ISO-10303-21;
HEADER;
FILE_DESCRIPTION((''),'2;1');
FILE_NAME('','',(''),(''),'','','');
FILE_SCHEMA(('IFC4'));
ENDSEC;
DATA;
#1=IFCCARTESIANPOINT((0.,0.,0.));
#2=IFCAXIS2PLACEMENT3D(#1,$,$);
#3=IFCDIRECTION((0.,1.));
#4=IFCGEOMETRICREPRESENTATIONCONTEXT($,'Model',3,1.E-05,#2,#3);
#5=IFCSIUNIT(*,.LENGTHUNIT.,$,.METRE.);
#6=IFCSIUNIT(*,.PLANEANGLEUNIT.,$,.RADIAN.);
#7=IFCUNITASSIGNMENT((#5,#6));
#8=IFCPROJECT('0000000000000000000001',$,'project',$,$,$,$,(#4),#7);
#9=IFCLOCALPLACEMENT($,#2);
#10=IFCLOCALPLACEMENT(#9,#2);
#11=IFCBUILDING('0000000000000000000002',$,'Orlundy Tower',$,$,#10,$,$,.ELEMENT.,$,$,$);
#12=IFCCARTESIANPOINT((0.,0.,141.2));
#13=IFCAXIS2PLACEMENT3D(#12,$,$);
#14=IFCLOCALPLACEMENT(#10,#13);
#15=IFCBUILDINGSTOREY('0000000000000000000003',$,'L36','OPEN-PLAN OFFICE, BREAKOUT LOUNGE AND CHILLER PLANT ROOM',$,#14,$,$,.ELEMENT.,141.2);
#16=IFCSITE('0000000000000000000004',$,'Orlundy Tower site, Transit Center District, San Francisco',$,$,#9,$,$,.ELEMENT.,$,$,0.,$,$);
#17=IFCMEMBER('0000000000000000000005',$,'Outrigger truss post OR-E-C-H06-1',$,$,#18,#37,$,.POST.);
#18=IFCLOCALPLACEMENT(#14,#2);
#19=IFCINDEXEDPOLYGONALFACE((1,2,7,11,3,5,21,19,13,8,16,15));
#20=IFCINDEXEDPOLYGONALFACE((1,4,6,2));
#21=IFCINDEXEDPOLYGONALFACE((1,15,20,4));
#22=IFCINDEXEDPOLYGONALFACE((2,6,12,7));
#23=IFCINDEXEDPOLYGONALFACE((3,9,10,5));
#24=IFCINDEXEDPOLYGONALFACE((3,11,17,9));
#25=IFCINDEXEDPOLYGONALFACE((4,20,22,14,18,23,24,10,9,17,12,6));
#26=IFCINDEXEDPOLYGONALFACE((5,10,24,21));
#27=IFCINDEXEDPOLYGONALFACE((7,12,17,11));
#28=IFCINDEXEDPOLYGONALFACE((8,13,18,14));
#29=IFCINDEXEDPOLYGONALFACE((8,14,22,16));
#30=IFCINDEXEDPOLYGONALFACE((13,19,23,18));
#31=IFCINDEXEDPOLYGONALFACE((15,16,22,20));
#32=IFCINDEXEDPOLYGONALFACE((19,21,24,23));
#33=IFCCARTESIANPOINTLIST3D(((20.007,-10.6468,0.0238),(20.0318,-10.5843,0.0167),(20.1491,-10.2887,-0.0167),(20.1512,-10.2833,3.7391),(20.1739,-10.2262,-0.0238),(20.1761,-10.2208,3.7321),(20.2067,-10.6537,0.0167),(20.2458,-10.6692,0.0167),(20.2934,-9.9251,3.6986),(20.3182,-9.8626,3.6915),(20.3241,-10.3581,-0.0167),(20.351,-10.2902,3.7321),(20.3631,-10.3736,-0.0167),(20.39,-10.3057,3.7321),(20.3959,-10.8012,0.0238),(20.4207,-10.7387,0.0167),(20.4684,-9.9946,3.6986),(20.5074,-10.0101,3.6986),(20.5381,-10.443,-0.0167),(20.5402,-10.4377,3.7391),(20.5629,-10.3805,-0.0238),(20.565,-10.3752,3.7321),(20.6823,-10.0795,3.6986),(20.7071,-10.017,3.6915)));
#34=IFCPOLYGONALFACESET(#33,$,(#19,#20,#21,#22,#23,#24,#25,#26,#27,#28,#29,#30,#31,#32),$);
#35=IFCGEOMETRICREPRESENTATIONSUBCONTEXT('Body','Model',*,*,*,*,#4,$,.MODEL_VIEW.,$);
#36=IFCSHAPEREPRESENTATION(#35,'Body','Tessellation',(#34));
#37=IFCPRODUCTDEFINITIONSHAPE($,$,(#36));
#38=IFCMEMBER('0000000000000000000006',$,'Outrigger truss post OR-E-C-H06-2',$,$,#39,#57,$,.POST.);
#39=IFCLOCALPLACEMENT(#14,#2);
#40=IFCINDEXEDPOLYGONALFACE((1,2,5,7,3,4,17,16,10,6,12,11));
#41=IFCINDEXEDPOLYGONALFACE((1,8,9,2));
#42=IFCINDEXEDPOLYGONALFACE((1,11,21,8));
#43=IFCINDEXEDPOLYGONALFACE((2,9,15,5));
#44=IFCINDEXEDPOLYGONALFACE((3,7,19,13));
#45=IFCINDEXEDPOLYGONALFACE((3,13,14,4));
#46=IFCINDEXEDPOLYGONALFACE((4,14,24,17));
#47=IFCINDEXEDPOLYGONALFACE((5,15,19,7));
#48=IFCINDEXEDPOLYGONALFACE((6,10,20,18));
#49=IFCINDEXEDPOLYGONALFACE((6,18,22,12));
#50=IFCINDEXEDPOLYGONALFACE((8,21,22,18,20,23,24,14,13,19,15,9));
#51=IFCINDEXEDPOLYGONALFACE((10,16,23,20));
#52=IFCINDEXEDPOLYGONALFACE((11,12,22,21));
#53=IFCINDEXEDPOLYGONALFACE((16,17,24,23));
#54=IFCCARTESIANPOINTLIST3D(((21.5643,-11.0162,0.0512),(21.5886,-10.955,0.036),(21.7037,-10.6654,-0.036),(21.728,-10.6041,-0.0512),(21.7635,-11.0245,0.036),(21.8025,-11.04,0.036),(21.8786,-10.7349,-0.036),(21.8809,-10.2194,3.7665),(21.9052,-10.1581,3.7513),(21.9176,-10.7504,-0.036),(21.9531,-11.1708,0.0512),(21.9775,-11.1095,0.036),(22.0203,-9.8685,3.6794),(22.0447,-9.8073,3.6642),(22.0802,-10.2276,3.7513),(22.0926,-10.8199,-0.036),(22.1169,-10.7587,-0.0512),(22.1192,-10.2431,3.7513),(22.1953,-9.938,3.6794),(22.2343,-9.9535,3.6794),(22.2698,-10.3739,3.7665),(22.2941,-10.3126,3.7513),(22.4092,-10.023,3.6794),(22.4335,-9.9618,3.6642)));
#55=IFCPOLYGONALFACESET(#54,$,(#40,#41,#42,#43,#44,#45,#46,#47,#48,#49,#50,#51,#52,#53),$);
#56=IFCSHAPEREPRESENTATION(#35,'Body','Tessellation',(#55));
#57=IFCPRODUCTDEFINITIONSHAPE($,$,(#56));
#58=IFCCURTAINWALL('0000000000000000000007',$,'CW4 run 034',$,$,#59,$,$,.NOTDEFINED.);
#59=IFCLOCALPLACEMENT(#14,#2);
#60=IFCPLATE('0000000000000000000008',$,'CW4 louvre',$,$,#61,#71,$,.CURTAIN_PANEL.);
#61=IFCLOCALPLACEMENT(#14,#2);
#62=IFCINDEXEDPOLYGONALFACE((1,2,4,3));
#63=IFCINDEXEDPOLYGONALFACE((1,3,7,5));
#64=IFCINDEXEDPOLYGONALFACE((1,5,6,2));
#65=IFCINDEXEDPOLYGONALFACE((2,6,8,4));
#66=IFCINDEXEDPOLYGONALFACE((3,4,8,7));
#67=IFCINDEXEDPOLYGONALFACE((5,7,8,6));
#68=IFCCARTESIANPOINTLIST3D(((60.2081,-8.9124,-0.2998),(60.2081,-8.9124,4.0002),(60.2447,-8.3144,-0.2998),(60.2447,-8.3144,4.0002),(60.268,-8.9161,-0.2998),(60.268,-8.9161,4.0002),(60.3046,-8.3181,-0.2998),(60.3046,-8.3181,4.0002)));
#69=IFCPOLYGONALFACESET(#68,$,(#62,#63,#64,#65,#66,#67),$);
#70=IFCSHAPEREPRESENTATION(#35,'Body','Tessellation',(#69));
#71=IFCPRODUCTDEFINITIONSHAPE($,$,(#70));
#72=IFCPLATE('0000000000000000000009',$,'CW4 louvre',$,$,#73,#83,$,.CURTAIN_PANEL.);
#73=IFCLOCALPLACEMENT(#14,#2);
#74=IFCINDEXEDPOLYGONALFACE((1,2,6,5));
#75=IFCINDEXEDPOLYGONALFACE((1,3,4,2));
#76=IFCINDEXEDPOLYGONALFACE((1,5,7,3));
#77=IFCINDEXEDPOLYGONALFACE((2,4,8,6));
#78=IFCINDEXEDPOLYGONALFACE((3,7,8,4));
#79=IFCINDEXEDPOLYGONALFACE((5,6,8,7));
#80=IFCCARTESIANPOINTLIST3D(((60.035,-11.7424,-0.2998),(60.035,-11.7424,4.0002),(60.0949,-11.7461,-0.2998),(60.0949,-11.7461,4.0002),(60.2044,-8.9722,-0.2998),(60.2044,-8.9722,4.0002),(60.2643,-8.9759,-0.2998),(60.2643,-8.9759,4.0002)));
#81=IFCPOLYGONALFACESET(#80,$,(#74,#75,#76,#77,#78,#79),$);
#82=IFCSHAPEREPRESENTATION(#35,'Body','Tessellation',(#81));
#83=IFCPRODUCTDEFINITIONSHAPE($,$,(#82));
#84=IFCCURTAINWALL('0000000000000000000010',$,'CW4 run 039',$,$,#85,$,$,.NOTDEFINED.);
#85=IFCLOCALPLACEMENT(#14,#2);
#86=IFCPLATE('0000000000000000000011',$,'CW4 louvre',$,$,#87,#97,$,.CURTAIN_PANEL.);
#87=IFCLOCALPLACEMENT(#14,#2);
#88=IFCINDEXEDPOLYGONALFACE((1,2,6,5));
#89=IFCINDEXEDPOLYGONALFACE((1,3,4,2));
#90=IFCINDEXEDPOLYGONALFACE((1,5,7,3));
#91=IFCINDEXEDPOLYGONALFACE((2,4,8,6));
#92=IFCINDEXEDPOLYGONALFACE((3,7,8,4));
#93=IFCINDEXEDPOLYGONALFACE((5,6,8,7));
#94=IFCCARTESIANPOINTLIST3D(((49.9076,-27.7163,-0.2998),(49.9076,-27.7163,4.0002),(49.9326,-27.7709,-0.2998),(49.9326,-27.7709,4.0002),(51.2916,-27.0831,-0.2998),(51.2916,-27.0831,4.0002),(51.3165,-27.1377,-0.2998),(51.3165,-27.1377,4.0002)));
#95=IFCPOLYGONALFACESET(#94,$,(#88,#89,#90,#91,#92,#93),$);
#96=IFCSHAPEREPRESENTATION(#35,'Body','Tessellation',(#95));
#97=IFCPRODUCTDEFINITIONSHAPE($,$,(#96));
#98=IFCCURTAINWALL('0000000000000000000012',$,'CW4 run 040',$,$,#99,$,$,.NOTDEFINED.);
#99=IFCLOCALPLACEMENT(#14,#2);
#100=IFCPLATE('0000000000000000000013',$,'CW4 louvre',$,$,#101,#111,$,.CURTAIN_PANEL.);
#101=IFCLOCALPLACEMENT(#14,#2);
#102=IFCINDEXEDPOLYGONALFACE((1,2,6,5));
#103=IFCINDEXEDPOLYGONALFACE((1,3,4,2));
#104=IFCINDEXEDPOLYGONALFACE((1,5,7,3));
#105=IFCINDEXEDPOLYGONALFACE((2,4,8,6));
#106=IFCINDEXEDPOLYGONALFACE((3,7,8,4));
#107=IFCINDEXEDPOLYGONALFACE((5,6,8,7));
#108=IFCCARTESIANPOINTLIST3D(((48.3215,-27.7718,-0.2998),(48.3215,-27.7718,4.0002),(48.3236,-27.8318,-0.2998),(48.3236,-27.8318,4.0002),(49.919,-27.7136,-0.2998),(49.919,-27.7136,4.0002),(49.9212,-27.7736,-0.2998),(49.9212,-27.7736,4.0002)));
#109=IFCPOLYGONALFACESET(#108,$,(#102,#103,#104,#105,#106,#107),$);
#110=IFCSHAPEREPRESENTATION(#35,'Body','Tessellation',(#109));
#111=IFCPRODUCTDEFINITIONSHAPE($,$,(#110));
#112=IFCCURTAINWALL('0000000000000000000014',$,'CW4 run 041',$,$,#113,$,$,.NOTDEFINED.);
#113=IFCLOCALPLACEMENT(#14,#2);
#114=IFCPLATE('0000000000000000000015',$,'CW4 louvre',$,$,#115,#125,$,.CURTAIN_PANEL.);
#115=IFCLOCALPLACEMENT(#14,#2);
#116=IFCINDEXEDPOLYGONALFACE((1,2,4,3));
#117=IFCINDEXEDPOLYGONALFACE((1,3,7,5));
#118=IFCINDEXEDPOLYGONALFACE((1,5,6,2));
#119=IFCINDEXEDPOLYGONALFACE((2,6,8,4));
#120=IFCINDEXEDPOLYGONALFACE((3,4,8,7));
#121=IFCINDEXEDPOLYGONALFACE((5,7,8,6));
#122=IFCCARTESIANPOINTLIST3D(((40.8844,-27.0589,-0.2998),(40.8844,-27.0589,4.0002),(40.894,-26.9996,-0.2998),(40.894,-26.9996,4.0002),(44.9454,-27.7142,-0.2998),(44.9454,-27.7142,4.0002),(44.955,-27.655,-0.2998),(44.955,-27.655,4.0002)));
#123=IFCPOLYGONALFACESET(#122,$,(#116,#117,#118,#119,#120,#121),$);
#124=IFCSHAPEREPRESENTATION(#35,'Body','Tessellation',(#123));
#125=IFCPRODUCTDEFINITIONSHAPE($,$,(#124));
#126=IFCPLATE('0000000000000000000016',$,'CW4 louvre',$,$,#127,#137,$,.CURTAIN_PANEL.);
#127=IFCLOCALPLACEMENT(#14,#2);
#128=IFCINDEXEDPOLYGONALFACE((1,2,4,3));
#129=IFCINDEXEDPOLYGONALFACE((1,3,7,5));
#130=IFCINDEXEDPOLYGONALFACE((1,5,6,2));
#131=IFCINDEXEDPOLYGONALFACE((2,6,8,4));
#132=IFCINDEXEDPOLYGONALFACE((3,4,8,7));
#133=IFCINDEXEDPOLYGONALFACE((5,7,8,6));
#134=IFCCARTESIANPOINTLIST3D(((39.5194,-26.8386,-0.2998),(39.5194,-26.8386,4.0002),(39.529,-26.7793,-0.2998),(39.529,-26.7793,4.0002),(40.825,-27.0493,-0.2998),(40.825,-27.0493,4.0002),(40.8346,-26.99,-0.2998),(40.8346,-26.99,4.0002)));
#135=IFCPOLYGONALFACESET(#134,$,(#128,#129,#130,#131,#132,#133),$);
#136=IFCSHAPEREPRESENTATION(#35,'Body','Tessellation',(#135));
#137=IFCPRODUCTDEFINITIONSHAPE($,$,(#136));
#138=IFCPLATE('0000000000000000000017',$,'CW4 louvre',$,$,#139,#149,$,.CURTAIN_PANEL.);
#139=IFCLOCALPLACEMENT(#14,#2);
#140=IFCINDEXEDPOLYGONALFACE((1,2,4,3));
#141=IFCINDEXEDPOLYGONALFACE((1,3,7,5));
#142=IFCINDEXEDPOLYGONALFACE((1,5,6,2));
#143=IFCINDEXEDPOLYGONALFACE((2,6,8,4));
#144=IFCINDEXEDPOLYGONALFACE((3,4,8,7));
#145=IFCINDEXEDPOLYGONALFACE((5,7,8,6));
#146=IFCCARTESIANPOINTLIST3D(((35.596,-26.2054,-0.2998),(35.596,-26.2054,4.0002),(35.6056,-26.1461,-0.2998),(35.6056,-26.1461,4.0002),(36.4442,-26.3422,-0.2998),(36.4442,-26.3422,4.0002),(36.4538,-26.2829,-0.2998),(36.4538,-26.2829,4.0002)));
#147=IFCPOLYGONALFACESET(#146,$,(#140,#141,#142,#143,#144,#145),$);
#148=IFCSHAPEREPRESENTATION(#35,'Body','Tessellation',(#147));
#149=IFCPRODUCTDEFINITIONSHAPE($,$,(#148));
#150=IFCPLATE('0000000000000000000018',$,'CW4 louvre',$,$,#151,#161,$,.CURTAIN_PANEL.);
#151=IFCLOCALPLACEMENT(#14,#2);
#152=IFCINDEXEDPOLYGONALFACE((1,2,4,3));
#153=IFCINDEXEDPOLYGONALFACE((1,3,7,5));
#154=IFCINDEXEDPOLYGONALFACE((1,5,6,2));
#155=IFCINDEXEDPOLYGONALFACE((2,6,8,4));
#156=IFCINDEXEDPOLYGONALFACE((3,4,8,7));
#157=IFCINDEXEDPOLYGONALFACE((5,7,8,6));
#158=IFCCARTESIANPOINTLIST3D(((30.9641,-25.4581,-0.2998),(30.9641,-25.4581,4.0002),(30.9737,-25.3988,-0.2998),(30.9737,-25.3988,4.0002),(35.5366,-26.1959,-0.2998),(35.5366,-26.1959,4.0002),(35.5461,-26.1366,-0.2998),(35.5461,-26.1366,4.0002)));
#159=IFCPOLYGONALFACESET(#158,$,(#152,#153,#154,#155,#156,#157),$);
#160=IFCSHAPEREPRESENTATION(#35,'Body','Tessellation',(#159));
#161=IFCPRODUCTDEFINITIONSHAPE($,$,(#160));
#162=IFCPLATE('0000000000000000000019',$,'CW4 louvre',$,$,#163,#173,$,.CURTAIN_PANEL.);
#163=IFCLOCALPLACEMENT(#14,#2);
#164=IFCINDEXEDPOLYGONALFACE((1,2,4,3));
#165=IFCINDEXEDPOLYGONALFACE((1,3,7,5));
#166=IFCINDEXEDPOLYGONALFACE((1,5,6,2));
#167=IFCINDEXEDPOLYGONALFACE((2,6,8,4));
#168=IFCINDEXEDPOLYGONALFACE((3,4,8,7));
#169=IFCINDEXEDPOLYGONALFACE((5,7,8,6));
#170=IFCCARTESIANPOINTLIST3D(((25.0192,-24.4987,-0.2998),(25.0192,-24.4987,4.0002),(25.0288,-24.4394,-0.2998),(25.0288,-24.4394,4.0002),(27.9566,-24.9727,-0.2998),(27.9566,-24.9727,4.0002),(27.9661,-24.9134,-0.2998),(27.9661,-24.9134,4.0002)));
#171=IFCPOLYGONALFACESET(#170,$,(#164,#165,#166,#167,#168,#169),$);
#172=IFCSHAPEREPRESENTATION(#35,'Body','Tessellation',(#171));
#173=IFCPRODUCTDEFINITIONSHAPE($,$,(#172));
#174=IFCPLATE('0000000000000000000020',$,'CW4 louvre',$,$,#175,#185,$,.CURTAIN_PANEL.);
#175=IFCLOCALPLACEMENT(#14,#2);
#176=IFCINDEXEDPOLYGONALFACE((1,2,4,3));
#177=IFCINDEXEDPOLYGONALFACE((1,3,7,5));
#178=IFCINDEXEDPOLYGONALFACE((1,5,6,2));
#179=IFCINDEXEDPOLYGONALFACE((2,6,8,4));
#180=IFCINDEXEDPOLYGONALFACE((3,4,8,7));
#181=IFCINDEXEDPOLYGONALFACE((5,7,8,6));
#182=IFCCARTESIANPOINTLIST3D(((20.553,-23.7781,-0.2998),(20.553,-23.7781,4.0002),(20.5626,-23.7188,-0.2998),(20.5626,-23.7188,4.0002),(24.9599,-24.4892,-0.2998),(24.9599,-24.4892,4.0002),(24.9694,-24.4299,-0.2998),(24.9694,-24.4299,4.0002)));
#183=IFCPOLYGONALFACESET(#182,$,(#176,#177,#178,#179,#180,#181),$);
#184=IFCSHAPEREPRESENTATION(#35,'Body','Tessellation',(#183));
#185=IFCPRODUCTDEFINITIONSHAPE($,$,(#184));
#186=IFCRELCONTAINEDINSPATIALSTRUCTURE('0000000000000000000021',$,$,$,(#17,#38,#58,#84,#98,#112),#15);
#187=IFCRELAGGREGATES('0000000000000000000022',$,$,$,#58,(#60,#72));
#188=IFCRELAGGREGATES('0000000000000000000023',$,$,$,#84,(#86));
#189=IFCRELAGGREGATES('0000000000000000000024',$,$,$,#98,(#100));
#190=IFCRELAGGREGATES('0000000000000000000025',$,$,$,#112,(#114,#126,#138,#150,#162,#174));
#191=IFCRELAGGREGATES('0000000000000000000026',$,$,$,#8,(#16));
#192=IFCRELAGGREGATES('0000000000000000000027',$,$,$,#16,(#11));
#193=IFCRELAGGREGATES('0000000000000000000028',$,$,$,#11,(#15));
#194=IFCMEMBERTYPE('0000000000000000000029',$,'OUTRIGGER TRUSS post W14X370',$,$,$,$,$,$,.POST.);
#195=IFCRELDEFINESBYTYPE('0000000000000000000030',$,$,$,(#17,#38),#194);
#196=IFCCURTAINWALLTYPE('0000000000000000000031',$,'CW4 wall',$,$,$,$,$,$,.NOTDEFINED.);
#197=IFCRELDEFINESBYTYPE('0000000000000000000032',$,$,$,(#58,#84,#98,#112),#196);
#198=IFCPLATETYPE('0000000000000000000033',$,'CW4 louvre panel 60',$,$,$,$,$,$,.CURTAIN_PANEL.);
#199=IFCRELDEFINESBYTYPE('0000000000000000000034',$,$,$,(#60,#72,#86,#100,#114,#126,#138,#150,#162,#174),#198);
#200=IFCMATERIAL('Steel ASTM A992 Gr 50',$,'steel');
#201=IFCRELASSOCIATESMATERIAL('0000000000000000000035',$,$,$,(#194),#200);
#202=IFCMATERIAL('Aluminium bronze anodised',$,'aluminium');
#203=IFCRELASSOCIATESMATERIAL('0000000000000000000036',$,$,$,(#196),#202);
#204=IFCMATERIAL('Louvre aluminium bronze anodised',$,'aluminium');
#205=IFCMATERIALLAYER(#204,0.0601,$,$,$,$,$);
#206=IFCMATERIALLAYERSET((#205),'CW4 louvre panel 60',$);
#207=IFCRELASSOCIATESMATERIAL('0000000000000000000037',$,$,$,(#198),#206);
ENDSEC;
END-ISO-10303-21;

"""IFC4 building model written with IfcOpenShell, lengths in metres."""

from ifc_helpers import new_model, si_unit, direction, frame, origin, origin_2d, place, context, subcontext, project, spatial, rectangle, i_section, extrude, material, layer, layer_set, material_profile, profile_set, type_object, element, aggregate, save


model = new_model("IFC4")

# Units and contexts
model_context = context("Model", 3, precision=1e-05, world=origin(), true_north=direction((0.0, 1.0)))
body_context = subcontext(model_context, "Body", "Model", "MODEL_VIEW")
ifc_project = project(units=[si_unit("LENGTHUNIT", "METRE"), si_unit("PLANEANGLEUNIT", "RADIAN")], contexts=[model_context])

# Site, building, storey
site_placement = place(None, origin())
site = spatial("IfcSite", under=ifc_project, at=site_placement, Name="Orlundy Tower site, Transit Center District, San Francisco", CompositionType="ELEMENT", RefElevation=0.0)
building_placement = place(site_placement, origin())
building = spatial("IfcBuilding", under=site, at=building_placement, Name="Orlundy Tower", CompositionType="ELEMENT")
storey_placement = place(building_placement, frame((0.0, 0.0, 141.2)))
storey = spatial("IfcBuildingStorey", under=building, at=storey_placement, Name="L36", Description="OPEN-PLAN OFFICE, BREAKOUT LOUNGE AND CHILLER PLANT ROOM", CompositionType="ELEMENT", Elevation=141.2)

# Members
ifc_material_1 = material(Name="Steel ASTM A992 Gr 50", Category="steel")
ifc_material_profile = material_profile(ifc_material_1, i_section(OverallWidth=0.4185, OverallDepth=0.4551, WebThickness=0.042, FlangeThickness=0.0676, at=origin_2d()), Name="W14X370")
ifc_profile_set = profile_set([ifc_material_profile], Name="Steel ASTM A992 Gr 50")
member_type = type_object("IfcMemberType", Name="OUTRIGGER TRUSS post W14X370", PredefinedType="POST", material=ifc_profile_set)
member_1_placement = place(storey_placement, frame((20.2849, -10.5137, 0.0), z_axis=(0.038622, 0.097307, 0.994505), x_axis=(-0.929464, 0.368914, 0.0)))
element("IfcMember", 1, at=member_1_placement, inside=storey, type_object=member_type, Name="Outrigger truss post OR-E-C-H06-1", PredefinedType="POST", context=body_context, shape_type="SweptSolid", body=[
    extrude(i_section(OverallWidth=0.4185, OverallDepth=0.4551, WebThickness=0.042, FlangeThickness=0.0676, at=origin_2d()), origin(), (0.0, 0.0, 1.0), 3.7358),
])
member_2_placement = place(storey_placement, frame((21.8406, -10.8875, 0.0), z_axis=(0.083045, 0.208989, 0.974386), x_axis=(-0.929319, 0.369279, 0.0)))
element("IfcMember", 2, at=member_2_placement, inside=storey, type_object=member_type, Name="Outrigger truss post OR-E-C-H06-2", PredefinedType="POST", context=body_context, shape_type="SweptSolid", body=[
    extrude(i_section(OverallWidth=0.4185, OverallDepth=0.4551, WebThickness=0.042, FlangeThickness=0.0676, at=origin_2d()), origin(), (0.0, 0.0, 1.0), 3.813),
])

# Curtain wall, plates
ifc_material_2 = material(Name="Aluminium bronze anodised", Category="aluminium")
curtain_wall_type = type_object("IfcCurtainWallType", Name="CW4 wall", PredefinedType="NOTDEFINED", material=ifc_material_2)
curtain_wall_1_placement = place(storey_placement, origin())
curtain_wall_1 = element("IfcCurtainWall", 3, at=curtain_wall_1_placement, inside=storey, type_object=curtain_wall_type, Name="CW4 run 034", PredefinedType="NOTDEFINED")
ifc_material_3 = material(Name="Louvre aluminium bronze anodised", Category="aluminium")
ifc_layer = layer(ifc_material_3, 0.0601)
ifc_layer_set = layer_set([ifc_layer], Name="CW4 louvre panel 60")
plate_type = type_object("IfcPlateType", Name="CW4 louvre panel 60", PredefinedType="CURTAIN_PANEL", material=ifc_layer_set)
plate_1_placement = place(storey_placement, frame((60.2563, -8.6152, -0.2998), z_axis=(0.0, 0.0, 1.0), x_axis=(-0.061047, -0.998135, 0.0)))
plate_1 = element("IfcPlate", 4, at=plate_1_placement, type_object=plate_type, Name="CW4 louvre", PredefinedType="CURTAIN_PANEL", context=body_context, shape_type="SweptSolid", body=[
    extrude(rectangle(XDim=0.5991, YDim=0.0601, at=origin_2d()), origin(), (0.0, 0.0, 1.0), 4.3),
])
plate_2_placement = place(storey_placement, frame((60.1497, -10.3591, -0.2998), z_axis=(0.0, 0.0, 1.0), x_axis=(-0.061047, -0.998135, 0.0)))
plate_2 = element("IfcPlate", 5, at=plate_2_placement, type_object=plate_type, Name="CW4 louvre", PredefinedType="CURTAIN_PANEL", context=body_context, shape_type="SweptSolid", body=[
    extrude(rectangle(XDim=2.7754, YDim=0.0601, at=origin_2d()), origin(), (0.0, 0.0, 1.0), 4.3),
])
aggregate(curtain_wall_1, [plate_1, plate_2])

# Curtain walls, plates
curtain_wall_2_placement = place(storey_placement, origin())
curtain_wall_2 = element("IfcCurtainWall", 6, at=curtain_wall_2_placement, inside=storey, type_object=curtain_wall_type, Name="CW4 run 039", PredefinedType="NOTDEFINED")
plate_3_placement = place(storey_placement, frame((50.6121, -27.427, -0.2998), z_axis=(0.0, 0.0, 1.0), x_axis=(-0.909329, -0.416079, 0.0)))
plate_3 = element("IfcPlate", 7, at=plate_3_placement, type_object=plate_type, Name="CW4 louvre", PredefinedType="CURTAIN_PANEL", context=body_context, shape_type="SweptSolid", body=[
    extrude(rectangle(XDim=1.522, YDim=0.0601, at=origin_2d()), origin(), (0.0, 0.0, 1.0), 4.3),
])
aggregate(curtain_wall_2, [plate_3])
curtain_wall_3_placement = place(storey_placement, origin())
curtain_wall_3 = element("IfcCurtainWall", 8, at=curtain_wall_3_placement, inside=storey, type_object=curtain_wall_type, Name="CW4 run 040", PredefinedType="NOTDEFINED")
plate_4_placement = place(storey_placement, frame((49.1213, -27.7727, -0.2998), z_axis=(0.0, 0.0, 1.0), x_axis=(-0.999337, -0.036413, 0.0)))
plate_4 = element("IfcPlate", 9, at=plate_4_placement, type_object=plate_type, Name="CW4 louvre", PredefinedType="CURTAIN_PANEL", context=body_context, shape_type="SweptSolid", body=[
    extrude(rectangle(XDim=1.5986, YDim=0.0601, at=origin_2d()), origin(), (0.0, 0.0, 1.0), 4.3),
])
aggregate(curtain_wall_3, [plate_4])

# Curtain wall, plates
curtain_wall_4_placement = place(storey_placement, origin())
curtain_wall_4 = element("IfcCurtainWall", 10, at=curtain_wall_4_placement, inside=storey, type_object=curtain_wall_type, Name="CW4 run 041", PredefinedType="NOTDEFINED")
plate_5_placement = place(storey_placement, frame((42.9197, -27.3569, -0.2998), z_axis=(0.0, 0.0, 1.0), x_axis=(-0.987228, 0.159311, 0.0)))
plate_5 = element("IfcPlate", 11, at=plate_5_placement, type_object=plate_type, Name="CW4 louvre", PredefinedType="CURTAIN_PANEL", context=body_context, shape_type="SweptSolid", body=[
    extrude(rectangle(XDim=4.1135, YDim=0.0601, at=origin_2d()), origin(), (0.0, 0.0, 1.0), 4.3),
])
plate_6_placement = place(storey_placement, frame((40.177, -26.9143, -0.2998), z_axis=(0.0, 0.0, 1.0), x_axis=(-0.987228, 0.159311, 0.0)))
plate_6 = element("IfcPlate", 12, at=plate_6_placement, type_object=plate_type, Name="CW4 louvre", PredefinedType="CURTAIN_PANEL", context=body_context, shape_type="SweptSolid", body=[
    extrude(rectangle(XDim=1.3225, YDim=0.0601, at=origin_2d()), origin(), (0.0, 0.0, 1.0), 4.3),
])
plate_7_placement = place(storey_placement, frame((36.0249, -26.2441, -0.2998), z_axis=(0.0, 0.0, 1.0), x_axis=(-0.987228, 0.159311, 0.0)))
plate_7 = element("IfcPlate", 13, at=plate_7_placement, type_object=plate_type, Name="CW4 louvre", PredefinedType="CURTAIN_PANEL", context=body_context, shape_type="SweptSolid", body=[
    extrude(rectangle(XDim=0.8591, YDim=0.0601, at=origin_2d()), origin(), (0.0, 0.0, 1.0), 4.3),
])
plate_8_placement = place(storey_placement, frame((33.2551, -25.7974, -0.2998), z_axis=(0.0, 0.0, 1.0), x_axis=(-0.987228, 0.159311, 0.0)))
plate_8 = element("IfcPlate", 14, at=plate_8_placement, type_object=plate_type, Name="CW4 louvre", PredefinedType="CURTAIN_PANEL", context=body_context, shape_type="SweptSolid", body=[
    extrude(rectangle(XDim=4.6316, YDim=0.0601, at=origin_2d()), origin(), (0.0, 0.0, 1.0), 4.3),
])
plate_9_placement = place(storey_placement, frame((26.4927, -24.7061, -0.2998), z_axis=(0.0, 0.0, 1.0), x_axis=(-0.987228, 0.159311, 0.0)))
plate_9 = element("IfcPlate", 15, at=plate_9_placement, type_object=plate_type, Name="CW4 louvre", PredefinedType="CURTAIN_PANEL", context=body_context, shape_type="SweptSolid", body=[
    extrude(rectangle(XDim=2.9753, YDim=0.0601, at=origin_2d()), origin(), (0.0, 0.0, 1.0), 4.3),
])
plate_10_placement = place(storey_placement, frame((22.7612, -24.104, -0.2998), z_axis=(0.0, 0.0, 1.0), x_axis=(-0.987228, 0.159311, 0.0)))
plate_10 = element("IfcPlate", 16, at=plate_10_placement, type_object=plate_type, Name="CW4 louvre", PredefinedType="CURTAIN_PANEL", context=body_context, shape_type="SweptSolid", body=[
    extrude(rectangle(XDim=4.4639, YDim=0.0601, at=origin_2d()), origin(), (0.0, 0.0, 1.0), 4.3),
])
aggregate(curtain_wall_4, [plate_5, plate_6, plate_7, plate_8, plate_9, plate_10])

save(model, "model.ifc")
